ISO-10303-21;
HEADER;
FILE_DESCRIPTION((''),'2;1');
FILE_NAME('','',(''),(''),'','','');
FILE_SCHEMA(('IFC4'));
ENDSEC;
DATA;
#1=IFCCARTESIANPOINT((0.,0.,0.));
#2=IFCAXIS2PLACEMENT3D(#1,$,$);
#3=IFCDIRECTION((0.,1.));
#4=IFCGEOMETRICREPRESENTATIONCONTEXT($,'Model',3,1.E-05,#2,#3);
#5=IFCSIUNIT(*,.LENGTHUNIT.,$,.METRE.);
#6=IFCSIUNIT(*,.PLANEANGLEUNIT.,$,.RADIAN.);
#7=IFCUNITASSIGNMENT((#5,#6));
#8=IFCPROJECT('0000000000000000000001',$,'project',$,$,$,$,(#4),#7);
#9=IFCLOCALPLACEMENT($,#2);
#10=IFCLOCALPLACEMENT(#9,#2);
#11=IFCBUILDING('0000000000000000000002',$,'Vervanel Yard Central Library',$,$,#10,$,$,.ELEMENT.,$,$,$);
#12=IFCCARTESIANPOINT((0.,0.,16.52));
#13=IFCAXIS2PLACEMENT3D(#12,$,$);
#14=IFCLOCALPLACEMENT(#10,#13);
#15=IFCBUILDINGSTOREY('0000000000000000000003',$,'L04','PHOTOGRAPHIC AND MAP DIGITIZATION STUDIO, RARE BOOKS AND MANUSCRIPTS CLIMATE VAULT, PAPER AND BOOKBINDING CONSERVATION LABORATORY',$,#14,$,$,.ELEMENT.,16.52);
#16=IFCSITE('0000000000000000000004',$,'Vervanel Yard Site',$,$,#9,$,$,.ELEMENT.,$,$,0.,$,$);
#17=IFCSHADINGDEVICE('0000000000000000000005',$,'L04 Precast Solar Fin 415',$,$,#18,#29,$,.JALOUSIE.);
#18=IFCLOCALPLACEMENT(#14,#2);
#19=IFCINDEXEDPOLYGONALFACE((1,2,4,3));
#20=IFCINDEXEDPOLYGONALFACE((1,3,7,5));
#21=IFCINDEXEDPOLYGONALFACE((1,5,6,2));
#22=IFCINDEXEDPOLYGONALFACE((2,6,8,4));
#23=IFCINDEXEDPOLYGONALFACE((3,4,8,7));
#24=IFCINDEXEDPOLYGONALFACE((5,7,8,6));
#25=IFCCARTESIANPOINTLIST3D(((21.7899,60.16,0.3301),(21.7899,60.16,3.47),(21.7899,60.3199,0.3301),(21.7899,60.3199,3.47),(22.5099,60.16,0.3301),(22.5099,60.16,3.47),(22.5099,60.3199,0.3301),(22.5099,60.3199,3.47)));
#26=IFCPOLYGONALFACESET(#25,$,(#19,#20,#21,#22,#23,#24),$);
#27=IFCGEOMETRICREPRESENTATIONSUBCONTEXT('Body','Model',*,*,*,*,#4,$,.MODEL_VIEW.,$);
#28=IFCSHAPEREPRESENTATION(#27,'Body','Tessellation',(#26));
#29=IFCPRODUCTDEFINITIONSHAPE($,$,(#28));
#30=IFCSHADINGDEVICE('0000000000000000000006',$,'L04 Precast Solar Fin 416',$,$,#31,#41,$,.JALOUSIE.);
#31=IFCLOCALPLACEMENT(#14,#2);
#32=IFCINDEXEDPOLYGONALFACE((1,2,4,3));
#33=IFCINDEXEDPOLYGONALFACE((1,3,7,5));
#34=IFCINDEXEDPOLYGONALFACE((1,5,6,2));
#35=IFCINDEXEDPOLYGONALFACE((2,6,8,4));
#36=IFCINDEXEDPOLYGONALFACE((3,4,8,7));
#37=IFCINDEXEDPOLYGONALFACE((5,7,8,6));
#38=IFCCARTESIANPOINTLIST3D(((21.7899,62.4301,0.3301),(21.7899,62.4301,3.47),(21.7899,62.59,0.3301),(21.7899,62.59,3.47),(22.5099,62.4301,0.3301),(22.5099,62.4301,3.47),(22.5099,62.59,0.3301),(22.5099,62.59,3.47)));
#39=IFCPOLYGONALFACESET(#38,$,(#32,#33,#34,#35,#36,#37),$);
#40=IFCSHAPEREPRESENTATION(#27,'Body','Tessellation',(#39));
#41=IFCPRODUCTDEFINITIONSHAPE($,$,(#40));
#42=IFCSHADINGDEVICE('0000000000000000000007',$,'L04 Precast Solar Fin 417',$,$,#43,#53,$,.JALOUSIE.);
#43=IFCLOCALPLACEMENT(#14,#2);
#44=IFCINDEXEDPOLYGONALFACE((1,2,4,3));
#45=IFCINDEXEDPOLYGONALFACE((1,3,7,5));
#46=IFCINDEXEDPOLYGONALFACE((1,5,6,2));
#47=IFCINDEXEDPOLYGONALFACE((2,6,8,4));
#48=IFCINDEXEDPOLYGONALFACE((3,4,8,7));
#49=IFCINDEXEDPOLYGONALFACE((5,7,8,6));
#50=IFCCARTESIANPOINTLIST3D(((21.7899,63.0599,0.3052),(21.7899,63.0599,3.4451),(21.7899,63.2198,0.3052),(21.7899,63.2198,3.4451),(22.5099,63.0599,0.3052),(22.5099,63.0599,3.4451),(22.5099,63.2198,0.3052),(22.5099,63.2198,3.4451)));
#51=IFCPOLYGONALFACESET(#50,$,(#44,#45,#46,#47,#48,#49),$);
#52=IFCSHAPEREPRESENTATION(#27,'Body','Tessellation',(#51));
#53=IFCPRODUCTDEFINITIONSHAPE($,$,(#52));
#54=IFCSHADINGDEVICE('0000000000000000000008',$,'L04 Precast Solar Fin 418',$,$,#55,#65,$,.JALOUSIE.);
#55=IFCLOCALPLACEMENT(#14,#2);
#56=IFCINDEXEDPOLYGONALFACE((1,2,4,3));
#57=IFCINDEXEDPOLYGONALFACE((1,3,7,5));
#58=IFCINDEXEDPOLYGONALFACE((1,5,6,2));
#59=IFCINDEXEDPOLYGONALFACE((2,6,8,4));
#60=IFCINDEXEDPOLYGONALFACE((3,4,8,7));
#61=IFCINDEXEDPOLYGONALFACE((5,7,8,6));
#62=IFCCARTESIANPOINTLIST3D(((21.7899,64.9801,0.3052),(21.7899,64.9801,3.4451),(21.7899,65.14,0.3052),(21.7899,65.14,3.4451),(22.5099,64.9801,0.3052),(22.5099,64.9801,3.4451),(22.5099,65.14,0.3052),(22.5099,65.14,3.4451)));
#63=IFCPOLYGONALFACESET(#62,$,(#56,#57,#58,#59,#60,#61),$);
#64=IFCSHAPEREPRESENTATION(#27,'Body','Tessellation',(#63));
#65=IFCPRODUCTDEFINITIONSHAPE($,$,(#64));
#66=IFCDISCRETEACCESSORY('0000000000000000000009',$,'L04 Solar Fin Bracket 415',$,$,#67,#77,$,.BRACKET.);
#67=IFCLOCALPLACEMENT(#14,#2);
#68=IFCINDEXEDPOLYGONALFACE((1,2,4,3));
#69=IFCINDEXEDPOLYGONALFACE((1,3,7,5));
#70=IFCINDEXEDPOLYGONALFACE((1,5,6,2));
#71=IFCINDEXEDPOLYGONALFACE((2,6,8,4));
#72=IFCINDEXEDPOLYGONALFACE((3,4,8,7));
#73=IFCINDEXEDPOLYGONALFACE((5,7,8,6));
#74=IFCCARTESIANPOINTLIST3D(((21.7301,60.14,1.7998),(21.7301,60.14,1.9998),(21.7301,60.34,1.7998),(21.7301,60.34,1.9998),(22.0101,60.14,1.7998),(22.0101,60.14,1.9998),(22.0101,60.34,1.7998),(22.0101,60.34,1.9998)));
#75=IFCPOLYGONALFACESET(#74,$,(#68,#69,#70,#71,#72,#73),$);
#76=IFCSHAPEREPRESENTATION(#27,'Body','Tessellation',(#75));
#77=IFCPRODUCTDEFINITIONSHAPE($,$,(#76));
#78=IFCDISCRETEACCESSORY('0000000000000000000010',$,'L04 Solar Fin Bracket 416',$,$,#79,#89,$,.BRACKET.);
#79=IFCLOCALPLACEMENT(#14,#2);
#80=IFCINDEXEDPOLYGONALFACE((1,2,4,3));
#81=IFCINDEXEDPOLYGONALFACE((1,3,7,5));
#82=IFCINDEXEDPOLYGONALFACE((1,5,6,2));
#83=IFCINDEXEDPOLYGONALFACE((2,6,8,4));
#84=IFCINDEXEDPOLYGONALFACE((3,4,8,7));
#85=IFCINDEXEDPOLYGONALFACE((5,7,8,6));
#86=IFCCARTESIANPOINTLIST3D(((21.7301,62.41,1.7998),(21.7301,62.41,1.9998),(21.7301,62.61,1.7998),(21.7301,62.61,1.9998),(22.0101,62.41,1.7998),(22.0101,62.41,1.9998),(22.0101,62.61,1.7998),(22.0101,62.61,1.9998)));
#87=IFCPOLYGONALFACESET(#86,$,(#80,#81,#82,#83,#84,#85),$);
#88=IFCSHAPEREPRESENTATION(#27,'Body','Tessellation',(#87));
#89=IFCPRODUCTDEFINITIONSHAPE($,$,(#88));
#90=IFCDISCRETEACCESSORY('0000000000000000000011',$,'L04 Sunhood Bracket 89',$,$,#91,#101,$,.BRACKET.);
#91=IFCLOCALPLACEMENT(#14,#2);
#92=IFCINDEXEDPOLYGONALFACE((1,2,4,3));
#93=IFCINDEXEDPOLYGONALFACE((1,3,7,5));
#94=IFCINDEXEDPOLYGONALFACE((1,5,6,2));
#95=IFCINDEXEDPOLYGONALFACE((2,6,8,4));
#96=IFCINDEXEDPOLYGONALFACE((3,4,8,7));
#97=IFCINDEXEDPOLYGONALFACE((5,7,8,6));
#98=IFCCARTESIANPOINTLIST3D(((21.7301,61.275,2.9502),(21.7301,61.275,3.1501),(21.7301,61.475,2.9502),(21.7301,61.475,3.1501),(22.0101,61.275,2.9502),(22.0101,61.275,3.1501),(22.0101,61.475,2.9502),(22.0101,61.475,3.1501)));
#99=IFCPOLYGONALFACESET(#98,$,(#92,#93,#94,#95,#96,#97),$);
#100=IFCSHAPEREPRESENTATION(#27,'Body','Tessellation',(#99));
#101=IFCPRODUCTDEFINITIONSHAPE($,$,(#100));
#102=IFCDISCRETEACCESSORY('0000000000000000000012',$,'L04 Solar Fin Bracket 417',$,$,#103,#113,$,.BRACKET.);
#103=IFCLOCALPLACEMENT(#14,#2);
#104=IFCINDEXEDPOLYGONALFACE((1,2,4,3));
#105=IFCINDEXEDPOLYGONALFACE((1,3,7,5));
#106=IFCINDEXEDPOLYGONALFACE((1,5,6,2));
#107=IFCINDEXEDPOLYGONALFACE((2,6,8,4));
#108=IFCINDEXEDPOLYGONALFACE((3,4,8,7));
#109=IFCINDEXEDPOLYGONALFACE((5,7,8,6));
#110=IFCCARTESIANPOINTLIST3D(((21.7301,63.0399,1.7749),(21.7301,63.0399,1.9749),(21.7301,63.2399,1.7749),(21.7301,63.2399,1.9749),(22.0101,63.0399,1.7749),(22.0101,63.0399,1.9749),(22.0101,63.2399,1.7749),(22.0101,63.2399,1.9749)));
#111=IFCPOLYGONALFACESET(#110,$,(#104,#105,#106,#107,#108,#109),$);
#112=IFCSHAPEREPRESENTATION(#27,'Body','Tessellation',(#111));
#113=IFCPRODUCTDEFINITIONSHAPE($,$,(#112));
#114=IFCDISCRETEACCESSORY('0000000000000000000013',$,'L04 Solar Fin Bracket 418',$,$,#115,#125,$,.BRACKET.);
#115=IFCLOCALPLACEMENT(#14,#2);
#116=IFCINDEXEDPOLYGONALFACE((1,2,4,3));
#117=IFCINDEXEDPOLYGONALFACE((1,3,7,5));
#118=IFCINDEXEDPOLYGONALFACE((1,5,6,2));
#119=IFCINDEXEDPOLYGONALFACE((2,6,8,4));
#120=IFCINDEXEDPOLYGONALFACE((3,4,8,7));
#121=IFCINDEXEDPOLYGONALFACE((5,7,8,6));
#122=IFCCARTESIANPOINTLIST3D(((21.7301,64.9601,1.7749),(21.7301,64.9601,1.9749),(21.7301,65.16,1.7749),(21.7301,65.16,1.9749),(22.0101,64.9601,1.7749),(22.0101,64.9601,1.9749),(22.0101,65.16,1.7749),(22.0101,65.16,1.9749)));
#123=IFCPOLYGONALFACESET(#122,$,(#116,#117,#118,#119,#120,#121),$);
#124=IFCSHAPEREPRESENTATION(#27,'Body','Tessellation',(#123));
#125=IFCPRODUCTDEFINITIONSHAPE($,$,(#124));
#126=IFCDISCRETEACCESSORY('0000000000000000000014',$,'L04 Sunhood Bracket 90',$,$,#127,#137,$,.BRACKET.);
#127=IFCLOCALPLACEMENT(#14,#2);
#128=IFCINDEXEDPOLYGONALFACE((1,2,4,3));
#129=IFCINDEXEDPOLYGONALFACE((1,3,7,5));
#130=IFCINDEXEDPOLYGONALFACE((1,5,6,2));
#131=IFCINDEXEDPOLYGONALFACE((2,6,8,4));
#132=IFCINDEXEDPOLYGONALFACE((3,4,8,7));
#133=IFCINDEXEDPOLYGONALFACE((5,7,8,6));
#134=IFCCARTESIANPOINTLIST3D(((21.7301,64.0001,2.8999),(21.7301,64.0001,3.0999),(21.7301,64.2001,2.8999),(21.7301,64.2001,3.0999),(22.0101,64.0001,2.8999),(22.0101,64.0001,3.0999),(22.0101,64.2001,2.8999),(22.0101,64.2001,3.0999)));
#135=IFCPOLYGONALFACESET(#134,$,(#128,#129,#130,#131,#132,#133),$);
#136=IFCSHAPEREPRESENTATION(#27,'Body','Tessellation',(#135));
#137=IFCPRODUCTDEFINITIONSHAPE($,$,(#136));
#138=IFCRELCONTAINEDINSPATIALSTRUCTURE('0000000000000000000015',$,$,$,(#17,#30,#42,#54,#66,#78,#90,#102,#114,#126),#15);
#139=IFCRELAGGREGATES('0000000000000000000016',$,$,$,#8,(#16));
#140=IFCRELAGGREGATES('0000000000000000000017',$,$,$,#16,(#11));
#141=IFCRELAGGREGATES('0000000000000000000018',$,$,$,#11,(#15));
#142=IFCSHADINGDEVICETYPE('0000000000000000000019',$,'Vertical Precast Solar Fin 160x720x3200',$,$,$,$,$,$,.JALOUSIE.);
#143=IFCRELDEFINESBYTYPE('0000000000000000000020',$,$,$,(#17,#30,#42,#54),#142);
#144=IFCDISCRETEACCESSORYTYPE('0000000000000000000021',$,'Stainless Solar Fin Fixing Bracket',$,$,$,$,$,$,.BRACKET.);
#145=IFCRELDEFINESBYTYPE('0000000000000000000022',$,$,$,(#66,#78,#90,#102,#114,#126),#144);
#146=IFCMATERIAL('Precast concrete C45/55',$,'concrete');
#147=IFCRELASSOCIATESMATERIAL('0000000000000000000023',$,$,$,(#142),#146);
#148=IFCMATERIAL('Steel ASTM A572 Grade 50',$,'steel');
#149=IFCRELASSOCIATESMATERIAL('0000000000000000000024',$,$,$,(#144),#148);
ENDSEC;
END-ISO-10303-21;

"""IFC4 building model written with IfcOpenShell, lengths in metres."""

from ifc_helpers import new_model, si_unit, direction, frame, origin, origin_2d, place, context, subcontext, project, spatial, rectangle, extrude, material, type_object, element, save


model = new_model("IFC4")

# Units and contexts
model_context = context("Model", 3, precision=1e-05, world=origin(), true_north=direction((0.0, 1.0)))
body_context = subcontext(model_context, "Body", "Model", "MODEL_VIEW")
ifc_project = project(units=[si_unit("LENGTHUNIT", "METRE"), si_unit("PLANEANGLEUNIT", "RADIAN")], contexts=[model_context])

# Site, building, storey
site_placement = place(None, origin())
site = spatial("IfcSite", under=ifc_project, at=site_placement, Name="Vervanel Yard Site", CompositionType="ELEMENT", RefElevation=0.0)
building_placement = place(site_placement, origin())
building = spatial("IfcBuilding", under=site, at=building_placement, Name="Vervanel Yard Central Library", CompositionType="ELEMENT")
storey_placement = place(building_placement, frame((0.0, 0.0, 16.52)))
storey = spatial("IfcBuildingStorey", under=building, at=storey_placement, Name="L04", Description="PHOTOGRAPHIC AND MAP DIGITIZATION STUDIO, RARE BOOKS AND MANUSCRIPTS CLIMATE VAULT, PAPER AND BOOKBINDING CONSERVATION LABORATORY", CompositionType="ELEMENT", Elevation=16.52)

# Shared definitions
ifc_material_1 = material(Name="Precast concrete C45/55", Category="concrete")

# Shading devices
shading_device_type_1 = type_object("IfcShadingDeviceType", Name="Vertical Precast Solar Fin 160x720x3200", PredefinedType="JALOUSIE", material=ifc_material_1)
for number, where, z_axis, x_axis, name in (
    (1, (22.1499, 60.24, 0.3301), (0.0, 0.0, 1.0), (0.0, 1.0, 0.0), "L04 Precast Solar Fin 415"),
    (2, (22.1499, 62.51, 0.3301), (0.0, 0.0, 1.0), (0.0, 1.0, 0.0), "L04 Precast Solar Fin 416"),
    (3, (22.1499, 63.1399, 0.3052), (0.0, 0.0, 1.0), (0.0, 1.0, 0.0), "L04 Precast Solar Fin 417"),
    (4, (22.1499, 65.0601, 0.3052), (0.0, 0.0, 1.0), (0.0, 1.0, 0.0), "L04 Precast Solar Fin 418"),
):
    element("IfcShadingDevice", number, at=place(storey_placement, frame(where, z_axis=z_axis, x_axis=x_axis)), inside=storey, type_object=shading_device_type_1, Name=name, PredefinedType="JALOUSIE", context=body_context, shape_type="SweptSolid", body=[
        extrude(rectangle(XDim=0.1599, YDim=0.72, at=origin_2d()), origin(), (0.0, 0.0, 1.0), 3.1399),
    ])

# Discrete accessories
ifc_material_2 = material(Name="Steel ASTM A572 Grade 50", Category="steel")
discrete_accessory_type = type_object("IfcDiscreteAccessoryType", Name="Stainless Solar Fin Fixing Bracket", PredefinedType="BRACKET", material=ifc_material_2)
for number, where, z_axis, x_axis, name in (
    (5, (21.8701, 60.24, 1.7998), (0.0, 0.0, 1.0), (0.0, 1.0, 0.0), "L04 Solar Fin Bracket 415"),
    (6, (21.8701, 62.51, 1.7998), (0.0, 0.0, 1.0), (0.0, 1.0, 0.0), "L04 Solar Fin Bracket 416"),
    (7, (21.8701, 61.375, 2.9502), (0.0, 0.0, 1.0), (0.0, 1.0, 0.0), "L04 Sunhood Bracket 89"),
    (8, (21.8701, 63.1399, 1.7749), (0.0, 0.0, 1.0), (0.0, 1.0, 0.0), "L04 Solar Fin Bracket 417"),
    (9, (21.8701, 65.0601, 1.7749), (0.0, 0.0, 1.0), (0.0, 1.0, 0.0), "L04 Solar Fin Bracket 418"),
    (10, (21.8701, 64.1001, 2.8999), (0.0, 0.0, 1.0), (0.0, 1.0, 0.0), "L04 Sunhood Bracket 90"),
):
    element("IfcDiscreteAccessory", number, at=place(storey_placement, frame(where, z_axis=z_axis, x_axis=x_axis)), inside=storey, type_object=discrete_accessory_type, Name=name, PredefinedType="BRACKET", context=body_context, shape_type="SweptSolid", body=[
        extrude(rectangle(XDim=0.2, YDim=0.28, at=origin_2d()), origin(), (0.0, 0.0, 1.0), 0.2),
    ])

save(model, "model.ifc")
